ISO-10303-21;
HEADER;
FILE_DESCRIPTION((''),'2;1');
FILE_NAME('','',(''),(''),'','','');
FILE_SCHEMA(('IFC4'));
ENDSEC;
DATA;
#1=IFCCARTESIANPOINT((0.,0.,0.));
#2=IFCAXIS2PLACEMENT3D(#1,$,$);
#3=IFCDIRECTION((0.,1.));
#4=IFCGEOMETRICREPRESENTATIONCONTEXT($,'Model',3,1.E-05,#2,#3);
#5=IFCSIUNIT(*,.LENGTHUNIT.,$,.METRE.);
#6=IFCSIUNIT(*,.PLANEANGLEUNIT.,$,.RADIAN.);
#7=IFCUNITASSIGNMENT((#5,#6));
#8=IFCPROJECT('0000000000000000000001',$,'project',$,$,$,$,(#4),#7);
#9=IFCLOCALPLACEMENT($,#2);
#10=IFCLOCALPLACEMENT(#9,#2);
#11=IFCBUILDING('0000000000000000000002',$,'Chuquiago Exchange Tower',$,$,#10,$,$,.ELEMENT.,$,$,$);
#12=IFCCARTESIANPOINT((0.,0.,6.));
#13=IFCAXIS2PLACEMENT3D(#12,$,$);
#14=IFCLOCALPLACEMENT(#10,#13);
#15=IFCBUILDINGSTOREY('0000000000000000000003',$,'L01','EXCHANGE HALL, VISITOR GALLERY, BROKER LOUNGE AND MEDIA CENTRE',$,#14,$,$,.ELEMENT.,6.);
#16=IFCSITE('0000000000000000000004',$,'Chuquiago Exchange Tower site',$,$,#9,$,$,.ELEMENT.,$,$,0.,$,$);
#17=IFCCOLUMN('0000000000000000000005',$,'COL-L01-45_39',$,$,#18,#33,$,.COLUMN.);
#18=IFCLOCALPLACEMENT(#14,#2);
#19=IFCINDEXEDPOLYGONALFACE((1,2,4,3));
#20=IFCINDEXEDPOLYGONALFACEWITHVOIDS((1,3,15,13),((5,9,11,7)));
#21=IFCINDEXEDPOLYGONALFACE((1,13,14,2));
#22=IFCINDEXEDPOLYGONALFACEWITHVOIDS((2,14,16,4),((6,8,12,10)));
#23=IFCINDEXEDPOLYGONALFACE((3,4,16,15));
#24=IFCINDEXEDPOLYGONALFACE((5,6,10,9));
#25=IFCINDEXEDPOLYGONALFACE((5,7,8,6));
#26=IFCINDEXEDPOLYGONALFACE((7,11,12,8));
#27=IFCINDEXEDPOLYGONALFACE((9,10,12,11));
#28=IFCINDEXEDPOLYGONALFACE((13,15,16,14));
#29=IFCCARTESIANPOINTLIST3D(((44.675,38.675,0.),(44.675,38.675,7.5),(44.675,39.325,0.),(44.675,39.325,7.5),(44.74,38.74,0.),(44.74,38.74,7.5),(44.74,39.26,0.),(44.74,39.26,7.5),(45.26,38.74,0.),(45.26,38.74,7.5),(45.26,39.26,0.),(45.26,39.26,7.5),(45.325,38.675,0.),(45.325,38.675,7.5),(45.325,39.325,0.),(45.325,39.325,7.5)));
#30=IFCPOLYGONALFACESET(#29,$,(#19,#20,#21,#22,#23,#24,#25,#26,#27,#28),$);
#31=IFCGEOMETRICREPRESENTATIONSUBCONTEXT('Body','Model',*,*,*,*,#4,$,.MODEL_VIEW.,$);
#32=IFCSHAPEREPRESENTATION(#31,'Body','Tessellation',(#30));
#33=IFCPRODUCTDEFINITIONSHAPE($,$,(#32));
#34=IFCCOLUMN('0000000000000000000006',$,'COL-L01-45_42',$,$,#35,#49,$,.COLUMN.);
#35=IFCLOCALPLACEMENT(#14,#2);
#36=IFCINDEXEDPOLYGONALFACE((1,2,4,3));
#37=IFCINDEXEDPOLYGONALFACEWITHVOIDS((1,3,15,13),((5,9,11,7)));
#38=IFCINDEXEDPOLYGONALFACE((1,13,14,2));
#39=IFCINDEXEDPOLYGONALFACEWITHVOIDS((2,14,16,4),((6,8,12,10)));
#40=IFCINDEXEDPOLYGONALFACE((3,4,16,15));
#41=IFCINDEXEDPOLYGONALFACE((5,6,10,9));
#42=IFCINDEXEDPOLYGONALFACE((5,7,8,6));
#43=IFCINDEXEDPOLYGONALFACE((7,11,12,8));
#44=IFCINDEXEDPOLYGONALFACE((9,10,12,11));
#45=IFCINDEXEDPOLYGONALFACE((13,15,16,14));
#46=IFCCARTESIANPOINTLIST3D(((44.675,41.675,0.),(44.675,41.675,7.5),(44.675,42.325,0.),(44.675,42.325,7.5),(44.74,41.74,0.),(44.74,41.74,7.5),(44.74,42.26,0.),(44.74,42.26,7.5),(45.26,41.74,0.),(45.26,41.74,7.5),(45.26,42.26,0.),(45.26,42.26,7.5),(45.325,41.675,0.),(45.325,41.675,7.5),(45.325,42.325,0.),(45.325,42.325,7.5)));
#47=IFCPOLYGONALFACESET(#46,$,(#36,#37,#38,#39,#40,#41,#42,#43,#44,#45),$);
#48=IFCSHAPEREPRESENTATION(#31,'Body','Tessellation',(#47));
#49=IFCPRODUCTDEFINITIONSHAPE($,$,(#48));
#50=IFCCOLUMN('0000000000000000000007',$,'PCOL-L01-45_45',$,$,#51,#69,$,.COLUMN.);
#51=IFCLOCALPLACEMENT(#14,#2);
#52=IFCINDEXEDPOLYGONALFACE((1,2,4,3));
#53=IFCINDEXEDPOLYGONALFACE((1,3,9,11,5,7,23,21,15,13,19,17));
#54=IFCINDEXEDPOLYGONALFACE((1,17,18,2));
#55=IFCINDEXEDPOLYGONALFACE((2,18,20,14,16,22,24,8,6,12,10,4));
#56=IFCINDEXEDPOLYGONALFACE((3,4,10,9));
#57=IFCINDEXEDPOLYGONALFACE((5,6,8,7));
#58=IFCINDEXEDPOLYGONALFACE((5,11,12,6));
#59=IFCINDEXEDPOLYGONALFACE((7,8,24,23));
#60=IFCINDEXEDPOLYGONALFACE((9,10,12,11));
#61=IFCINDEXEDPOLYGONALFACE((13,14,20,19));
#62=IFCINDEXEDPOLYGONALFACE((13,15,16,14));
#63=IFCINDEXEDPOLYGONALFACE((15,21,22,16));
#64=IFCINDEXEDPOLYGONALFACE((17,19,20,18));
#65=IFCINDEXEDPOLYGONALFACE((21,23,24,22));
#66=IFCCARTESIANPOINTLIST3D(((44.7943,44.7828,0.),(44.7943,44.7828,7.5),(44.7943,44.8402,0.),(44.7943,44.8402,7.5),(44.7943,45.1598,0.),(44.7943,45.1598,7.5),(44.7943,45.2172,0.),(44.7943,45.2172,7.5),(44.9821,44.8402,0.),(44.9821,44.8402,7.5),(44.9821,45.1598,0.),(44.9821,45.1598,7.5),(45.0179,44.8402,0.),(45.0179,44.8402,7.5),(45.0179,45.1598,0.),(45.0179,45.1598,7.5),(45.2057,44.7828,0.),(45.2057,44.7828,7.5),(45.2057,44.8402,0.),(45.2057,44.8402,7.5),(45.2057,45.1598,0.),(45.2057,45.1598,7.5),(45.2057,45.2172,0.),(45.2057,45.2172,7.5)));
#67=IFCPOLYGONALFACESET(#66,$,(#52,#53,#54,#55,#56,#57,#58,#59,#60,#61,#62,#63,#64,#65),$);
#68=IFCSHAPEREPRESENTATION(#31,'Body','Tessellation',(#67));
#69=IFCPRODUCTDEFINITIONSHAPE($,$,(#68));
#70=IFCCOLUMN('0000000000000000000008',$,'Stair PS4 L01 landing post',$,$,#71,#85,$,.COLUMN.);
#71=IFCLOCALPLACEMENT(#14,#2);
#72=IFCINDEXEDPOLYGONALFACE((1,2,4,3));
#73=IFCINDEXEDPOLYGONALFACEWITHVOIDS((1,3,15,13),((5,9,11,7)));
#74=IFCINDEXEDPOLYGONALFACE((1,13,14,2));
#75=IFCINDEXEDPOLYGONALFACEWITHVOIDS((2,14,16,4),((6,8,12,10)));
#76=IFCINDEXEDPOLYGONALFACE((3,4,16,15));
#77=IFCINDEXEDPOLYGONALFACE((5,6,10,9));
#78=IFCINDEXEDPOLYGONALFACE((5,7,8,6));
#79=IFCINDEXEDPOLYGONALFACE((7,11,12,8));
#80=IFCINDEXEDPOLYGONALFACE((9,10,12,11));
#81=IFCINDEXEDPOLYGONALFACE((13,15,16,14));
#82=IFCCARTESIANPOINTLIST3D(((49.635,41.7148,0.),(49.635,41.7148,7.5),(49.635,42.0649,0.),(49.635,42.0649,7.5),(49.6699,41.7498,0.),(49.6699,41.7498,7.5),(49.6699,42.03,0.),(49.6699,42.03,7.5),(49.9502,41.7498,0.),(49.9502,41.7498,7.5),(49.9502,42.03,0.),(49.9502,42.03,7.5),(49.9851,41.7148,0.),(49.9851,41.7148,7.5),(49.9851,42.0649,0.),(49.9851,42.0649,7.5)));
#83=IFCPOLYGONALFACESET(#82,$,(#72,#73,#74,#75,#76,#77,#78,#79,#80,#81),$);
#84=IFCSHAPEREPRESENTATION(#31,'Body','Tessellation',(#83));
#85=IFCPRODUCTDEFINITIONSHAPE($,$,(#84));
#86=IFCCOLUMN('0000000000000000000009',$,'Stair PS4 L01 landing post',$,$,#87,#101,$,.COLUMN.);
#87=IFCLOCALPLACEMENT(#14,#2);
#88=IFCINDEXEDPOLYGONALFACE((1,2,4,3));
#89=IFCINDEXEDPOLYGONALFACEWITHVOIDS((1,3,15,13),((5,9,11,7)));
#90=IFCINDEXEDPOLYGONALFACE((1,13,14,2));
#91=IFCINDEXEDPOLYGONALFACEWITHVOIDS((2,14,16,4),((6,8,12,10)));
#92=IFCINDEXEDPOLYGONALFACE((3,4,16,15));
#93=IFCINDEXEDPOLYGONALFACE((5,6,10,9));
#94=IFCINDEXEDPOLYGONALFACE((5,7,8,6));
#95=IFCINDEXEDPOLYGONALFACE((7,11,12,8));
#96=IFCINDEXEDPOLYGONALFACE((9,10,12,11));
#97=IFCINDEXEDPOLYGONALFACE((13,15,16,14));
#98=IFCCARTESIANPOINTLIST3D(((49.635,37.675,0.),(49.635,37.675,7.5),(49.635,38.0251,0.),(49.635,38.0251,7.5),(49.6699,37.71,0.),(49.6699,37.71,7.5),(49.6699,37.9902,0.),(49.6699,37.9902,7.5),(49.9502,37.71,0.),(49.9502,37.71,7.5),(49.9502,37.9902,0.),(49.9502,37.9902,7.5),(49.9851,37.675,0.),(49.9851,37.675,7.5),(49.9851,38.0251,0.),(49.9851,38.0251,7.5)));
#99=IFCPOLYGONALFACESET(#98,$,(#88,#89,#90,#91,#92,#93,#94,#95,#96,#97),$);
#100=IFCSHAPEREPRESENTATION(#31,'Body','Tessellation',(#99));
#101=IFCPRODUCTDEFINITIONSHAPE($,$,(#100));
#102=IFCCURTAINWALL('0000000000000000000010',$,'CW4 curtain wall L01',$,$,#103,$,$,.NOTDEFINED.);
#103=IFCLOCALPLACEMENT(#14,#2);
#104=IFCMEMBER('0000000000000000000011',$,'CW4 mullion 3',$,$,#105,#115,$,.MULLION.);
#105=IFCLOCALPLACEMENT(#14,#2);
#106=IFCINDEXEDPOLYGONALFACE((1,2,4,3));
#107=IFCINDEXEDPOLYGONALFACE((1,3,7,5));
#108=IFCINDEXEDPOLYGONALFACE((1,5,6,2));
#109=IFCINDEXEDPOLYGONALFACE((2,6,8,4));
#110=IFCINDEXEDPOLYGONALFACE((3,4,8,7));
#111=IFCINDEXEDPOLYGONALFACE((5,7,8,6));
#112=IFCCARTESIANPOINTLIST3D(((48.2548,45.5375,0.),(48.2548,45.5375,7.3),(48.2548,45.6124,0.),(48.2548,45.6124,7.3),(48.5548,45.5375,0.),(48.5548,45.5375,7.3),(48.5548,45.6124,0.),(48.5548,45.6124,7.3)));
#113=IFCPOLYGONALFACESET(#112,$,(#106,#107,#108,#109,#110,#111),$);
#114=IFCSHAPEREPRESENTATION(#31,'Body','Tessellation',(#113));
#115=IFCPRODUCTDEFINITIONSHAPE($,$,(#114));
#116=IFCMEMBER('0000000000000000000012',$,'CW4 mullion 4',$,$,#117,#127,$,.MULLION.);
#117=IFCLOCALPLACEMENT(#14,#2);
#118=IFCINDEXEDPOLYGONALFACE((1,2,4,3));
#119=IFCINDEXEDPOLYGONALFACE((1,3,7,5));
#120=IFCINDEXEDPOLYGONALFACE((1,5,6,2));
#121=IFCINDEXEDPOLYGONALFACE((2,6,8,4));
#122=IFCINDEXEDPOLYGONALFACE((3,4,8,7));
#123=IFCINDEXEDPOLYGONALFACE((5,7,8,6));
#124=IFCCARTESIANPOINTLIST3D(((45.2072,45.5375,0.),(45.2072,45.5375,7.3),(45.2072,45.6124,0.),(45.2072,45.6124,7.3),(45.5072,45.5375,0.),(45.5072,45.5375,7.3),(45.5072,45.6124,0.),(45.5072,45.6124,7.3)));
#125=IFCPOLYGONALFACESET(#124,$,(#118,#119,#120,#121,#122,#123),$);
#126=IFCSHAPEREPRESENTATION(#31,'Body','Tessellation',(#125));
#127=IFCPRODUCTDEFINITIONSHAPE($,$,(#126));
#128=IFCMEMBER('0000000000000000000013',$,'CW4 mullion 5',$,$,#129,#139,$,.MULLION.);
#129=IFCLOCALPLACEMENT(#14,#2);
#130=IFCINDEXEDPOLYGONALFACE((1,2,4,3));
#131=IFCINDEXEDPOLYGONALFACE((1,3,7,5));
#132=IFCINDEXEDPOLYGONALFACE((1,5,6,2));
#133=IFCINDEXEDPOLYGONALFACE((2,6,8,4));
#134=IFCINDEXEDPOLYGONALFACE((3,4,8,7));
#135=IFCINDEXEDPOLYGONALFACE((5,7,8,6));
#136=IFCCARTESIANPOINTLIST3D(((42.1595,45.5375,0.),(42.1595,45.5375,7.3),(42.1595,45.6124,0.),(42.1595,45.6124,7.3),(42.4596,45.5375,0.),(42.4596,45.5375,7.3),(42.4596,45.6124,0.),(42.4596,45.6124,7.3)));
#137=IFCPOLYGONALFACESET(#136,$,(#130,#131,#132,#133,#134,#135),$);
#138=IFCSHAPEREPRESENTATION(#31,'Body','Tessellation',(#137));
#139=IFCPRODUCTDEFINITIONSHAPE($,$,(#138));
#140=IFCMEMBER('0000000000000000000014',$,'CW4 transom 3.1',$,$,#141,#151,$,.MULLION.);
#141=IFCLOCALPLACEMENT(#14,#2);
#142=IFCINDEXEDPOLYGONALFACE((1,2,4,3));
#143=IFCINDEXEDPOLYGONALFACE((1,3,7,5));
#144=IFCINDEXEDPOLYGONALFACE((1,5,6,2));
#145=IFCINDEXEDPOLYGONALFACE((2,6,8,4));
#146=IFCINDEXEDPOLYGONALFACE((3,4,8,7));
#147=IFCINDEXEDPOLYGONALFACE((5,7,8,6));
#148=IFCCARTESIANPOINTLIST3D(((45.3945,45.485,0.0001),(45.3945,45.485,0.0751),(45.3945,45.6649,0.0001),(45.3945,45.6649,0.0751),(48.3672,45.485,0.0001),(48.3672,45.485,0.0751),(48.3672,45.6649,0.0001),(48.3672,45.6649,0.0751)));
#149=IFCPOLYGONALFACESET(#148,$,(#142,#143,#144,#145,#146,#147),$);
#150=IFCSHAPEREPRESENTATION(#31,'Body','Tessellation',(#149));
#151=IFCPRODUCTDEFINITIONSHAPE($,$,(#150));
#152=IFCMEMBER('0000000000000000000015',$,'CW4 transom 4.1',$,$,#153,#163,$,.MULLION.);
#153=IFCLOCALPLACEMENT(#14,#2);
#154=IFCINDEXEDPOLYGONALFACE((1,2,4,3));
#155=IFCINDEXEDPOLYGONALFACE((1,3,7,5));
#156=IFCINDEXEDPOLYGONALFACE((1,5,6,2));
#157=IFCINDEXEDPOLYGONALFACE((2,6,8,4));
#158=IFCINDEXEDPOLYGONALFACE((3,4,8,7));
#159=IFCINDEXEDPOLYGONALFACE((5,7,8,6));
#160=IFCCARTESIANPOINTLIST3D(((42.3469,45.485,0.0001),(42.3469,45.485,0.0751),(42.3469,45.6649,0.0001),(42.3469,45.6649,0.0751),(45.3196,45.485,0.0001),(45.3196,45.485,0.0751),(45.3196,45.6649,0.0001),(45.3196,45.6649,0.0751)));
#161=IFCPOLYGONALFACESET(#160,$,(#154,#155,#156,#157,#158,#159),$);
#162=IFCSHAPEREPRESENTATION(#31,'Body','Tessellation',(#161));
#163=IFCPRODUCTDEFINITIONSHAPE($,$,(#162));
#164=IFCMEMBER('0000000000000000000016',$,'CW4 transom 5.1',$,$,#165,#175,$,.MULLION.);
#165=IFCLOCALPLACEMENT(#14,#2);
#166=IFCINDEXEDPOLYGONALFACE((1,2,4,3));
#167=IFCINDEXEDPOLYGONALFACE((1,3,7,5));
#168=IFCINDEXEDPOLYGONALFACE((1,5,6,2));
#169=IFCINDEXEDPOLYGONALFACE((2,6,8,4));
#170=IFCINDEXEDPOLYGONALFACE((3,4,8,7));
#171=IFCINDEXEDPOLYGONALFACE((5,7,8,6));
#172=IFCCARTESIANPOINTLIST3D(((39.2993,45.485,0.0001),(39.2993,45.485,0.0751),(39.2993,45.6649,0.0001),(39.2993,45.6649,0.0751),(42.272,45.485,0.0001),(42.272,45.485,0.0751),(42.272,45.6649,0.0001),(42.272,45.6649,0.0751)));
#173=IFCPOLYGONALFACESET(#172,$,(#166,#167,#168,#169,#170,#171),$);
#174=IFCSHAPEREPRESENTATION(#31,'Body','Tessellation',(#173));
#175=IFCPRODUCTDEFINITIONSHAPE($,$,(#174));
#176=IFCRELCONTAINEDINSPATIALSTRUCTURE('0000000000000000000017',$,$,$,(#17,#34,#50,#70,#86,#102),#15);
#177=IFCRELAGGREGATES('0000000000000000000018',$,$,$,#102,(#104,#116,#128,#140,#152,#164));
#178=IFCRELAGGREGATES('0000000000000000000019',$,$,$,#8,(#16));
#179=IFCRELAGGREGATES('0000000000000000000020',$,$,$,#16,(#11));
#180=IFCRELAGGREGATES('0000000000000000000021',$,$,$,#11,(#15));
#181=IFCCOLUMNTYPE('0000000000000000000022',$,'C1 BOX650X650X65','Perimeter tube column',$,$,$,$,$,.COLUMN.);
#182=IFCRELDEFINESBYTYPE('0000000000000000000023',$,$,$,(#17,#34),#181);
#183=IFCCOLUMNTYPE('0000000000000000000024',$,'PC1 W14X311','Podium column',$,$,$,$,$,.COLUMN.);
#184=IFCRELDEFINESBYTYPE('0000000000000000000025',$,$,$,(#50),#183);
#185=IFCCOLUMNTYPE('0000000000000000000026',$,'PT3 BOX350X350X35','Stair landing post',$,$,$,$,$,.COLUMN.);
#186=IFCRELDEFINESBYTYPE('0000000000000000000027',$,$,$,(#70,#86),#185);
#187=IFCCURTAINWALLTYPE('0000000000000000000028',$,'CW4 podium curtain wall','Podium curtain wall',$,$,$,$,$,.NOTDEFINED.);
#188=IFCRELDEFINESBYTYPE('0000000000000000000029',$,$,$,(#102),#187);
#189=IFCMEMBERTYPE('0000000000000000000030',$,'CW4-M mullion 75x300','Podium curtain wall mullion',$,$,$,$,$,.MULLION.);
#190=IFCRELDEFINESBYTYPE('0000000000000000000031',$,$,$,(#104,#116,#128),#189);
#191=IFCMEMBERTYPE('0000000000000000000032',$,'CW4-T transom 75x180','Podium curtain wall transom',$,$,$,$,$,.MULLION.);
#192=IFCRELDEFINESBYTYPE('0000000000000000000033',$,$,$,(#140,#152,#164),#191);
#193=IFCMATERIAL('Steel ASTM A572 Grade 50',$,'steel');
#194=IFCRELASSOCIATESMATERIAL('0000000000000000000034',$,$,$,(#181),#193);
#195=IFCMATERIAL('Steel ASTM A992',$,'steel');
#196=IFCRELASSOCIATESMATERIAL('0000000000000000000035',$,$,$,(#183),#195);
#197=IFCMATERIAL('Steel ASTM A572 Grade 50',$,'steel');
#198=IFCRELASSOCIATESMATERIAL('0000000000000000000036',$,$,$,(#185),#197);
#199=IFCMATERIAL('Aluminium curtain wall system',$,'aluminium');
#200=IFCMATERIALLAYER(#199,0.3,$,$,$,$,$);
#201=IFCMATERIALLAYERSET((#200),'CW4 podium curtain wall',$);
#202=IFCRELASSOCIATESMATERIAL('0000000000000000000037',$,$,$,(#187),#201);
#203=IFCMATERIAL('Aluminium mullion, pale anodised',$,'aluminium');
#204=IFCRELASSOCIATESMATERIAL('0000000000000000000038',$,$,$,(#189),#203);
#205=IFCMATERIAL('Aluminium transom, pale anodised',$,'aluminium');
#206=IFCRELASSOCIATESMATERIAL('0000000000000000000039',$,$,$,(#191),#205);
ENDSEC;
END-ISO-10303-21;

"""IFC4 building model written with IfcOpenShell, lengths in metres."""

from ifc_helpers import new_model, si_unit, direction, frame, origin, origin_2d, place, context, subcontext, project, spatial, rectangle, hollow_rectangle, i_section, extrude, material, layer, layer_set, material_profile, profile_set, type_object, element, aggregate, save


model = new_model("IFC4")

# Units and contexts
model_context = context("Model", 3, precision=1e-05, world=origin(), true_north=direction((0.0, 1.0)))
body_context = subcontext(model_context, "Body", "Model", "MODEL_VIEW")
ifc_project = project(units=[si_unit("LENGTHUNIT", "METRE"), si_unit("PLANEANGLEUNIT", "RADIAN")], contexts=[model_context])

# Site, building, storey
site_placement = place(None, origin())
site = spatial("IfcSite", under=ifc_project, at=site_placement, Name="Chuquiago Exchange Tower site", CompositionType="ELEMENT", RefElevation=0.0)
building_placement = place(site_placement, origin())
building = spatial("IfcBuilding", under=site, at=building_placement, Name="Chuquiago Exchange Tower", CompositionType="ELEMENT")
storey_placement = place(building_placement, frame((0.0, 0.0, 6.0)))
storey = spatial("IfcBuildingStorey", under=building, at=storey_placement, Name="L01", Description="EXCHANGE HALL, VISITOR GALLERY, BROKER LOUNGE AND MEDIA CENTRE", CompositionType="ELEMENT", Elevation=6.0)

# Columns
ifc_material_1 = material(Name="Steel ASTM A572 Grade 50", Category="steel")
ifc_material_profile_1 = material_profile(ifc_material_1, hollow_rectangle(XDim=0.6499, YDim=0.6499, WallThickness=0.0649, at=origin_2d()), Name="BOX650X650X65")
ifc_profile_set_1 = profile_set([ifc_material_profile_1], Name="Steel ASTM A572 Grade 50")
column_type_1 = type_object("IfcColumnType", Name="C1 BOX650X650X65", Description="Perimeter tube column", PredefinedType="COLUMN", material=ifc_profile_set_1)
for number, where, z_axis, x_axis, name in (
    (1, (45.0, 39.0, 0.0), (0.0, 0.0, 1.0), (1.0, 0.0, 0.0), "COL-L01-45_39"),
    (2, (45.0, 42.0, 0.0), (0.0, 0.0, 1.0), (1.0, 0.0, 0.0), "COL-L01-45_42"),
):
    element("IfcColumn", number, at=place(storey_placement, frame(where, z_axis=z_axis, x_axis=x_axis)), inside=storey, type_object=column_type_1, Name=name, PredefinedType="COLUMN", context=body_context, shape_type="SweptSolid", body=[
        extrude(hollow_rectangle(XDim=0.6499, YDim=0.6499, WallThickness=0.0649, at=origin_2d()), origin(), (0.0, 0.0, 1.0), 7.5),
    ])
ifc_material_2 = material(Name="Steel ASTM A992", Category="steel")
ifc_material_profile_2 = material_profile(ifc_material_2, i_section(OverallWidth=0.4114, OverallDepth=0.4343, WebThickness=0.0359, FlangeThickness=0.0574, at=origin_2d()), Name="W14X311")
ifc_profile_set_2 = profile_set([ifc_material_profile_2], Name="Steel ASTM A992")
column_type_2 = type_object("IfcColumnType", Name="PC1 W14X311", Description="Podium column", PredefinedType="COLUMN", material=ifc_profile_set_2)
column_placement = place(storey_placement, frame((45.0, 45.0, 0.0), z_axis=(0.0, 0.0, 1.0), x_axis=(1.0, 0.0, 0.0)))
element("IfcColumn", 3, at=column_placement, inside=storey, type_object=column_type_2, Name="PCOL-L01-45_45", PredefinedType="COLUMN", context=body_context, shape_type="SweptSolid", body=[
    extrude(i_section(OverallWidth=0.4114, OverallDepth=0.4343, WebThickness=0.0359, FlangeThickness=0.0574, at=origin_2d()), origin(), (0.0, 0.0, 1.0), 7.5),
])
ifc_material_3 = material(Name="Steel ASTM A572 Grade 50", Category="steel")
ifc_material_profile_3 = material_profile(ifc_material_3, hollow_rectangle(XDim=0.3501, YDim=0.3501, WallThickness=0.0349, at=origin_2d()), Name="BOX350X350X35")
ifc_profile_set_3 = profile_set([ifc_material_profile_3], Name="Steel ASTM A572 Grade 50")
column_type_3 = type_object("IfcColumnType", Name="PT3 BOX350X350X35", Description="Stair landing post", PredefinedType="COLUMN", material=ifc_profile_set_3)
for number, where, z_axis, x_axis, name in (
    (4, (49.8101, 41.8899, 0.0), (0.0, 0.0, 1.0), (1.0, 0.0, 0.0), "Stair PS4 L01 landing post"),
    (5, (49.8101, 37.8501, 0.0), (0.0, 0.0, 1.0), (1.0, 0.0, 0.0), "Stair PS4 L01 landing post"),
):
    element("IfcColumn", number, at=place(storey_placement, frame(where, z_axis=z_axis, x_axis=x_axis)), inside=storey, type_object=column_type_3, Name=name, PredefinedType="COLUMN", context=body_context, shape_type="SweptSolid", body=[
        extrude(hollow_rectangle(XDim=0.3501, YDim=0.3501, WallThickness=0.0349, at=origin_2d()), origin(), (0.0, 0.0, 1.0), 7.5),
    ])

# Curtain wall, members
ifc_material_4 = material(Name="Aluminium curtain wall system", Category="aluminium")
ifc_layer_1 = layer(ifc_material_4, 0.3)
ifc_layer_set_1 = layer_set([ifc_layer_1], Name="CW4 podium curtain wall")
curtain_wall_type = type_object("IfcCurtainWallType", Name="CW4 podium curtain wall", Description="Podium curtain wall", PredefinedType="NOTDEFINED", material=ifc_layer_set_1)
curtain_wall_placement = place(storey_placement, origin())
curtain_wall = element("IfcCurtainWall", 6, at=curtain_wall_placement, inside=storey, type_object=curtain_wall_type, Name="CW4 curtain wall L01", PredefinedType="NOTDEFINED")
ifc_material_5 = material(Name="Aluminium mullion, pale anodised", Category="aluminium")
ifc_material_profile_4 = material_profile(ifc_material_5, rectangle(XDim=0.075, YDim=0.3, at=origin_2d()), Name="AL 75x300")
ifc_profile_set_4 = profile_set([ifc_material_profile_4], Name="Aluminium mullion, pale anodised")
member_type_1 = type_object("IfcMemberType", Name="CW4-M mullion 75x300", Description="Podium curtain wall mullion", PredefinedType="MULLION", material=ifc_profile_set_4)
member_1_placement = place(storey_placement, frame((48.4048, 45.575, 0.0), z_axis=(0.0, 0.0, 1.0), x_axis=(0.0, -1.0, 0.0)))
member_1 = element("IfcMember", 7, at=member_1_placement, type_object=member_type_1, Name="CW4 mullion 3", PredefinedType="MULLION", context=body_context, shape_type="SweptSolid", body=[
    extrude(rectangle(XDim=0.075, YDim=0.3, at=origin_2d()), origin(), (0.0, 0.0, 1.0), 7.3),
])
member_2_placement = place(storey_placement, frame((45.3572, 45.575, 0.0), z_axis=(0.0, 0.0, 1.0), x_axis=(0.0, -1.0, 0.0)))
member_2 = element("IfcMember", 8, at=member_2_placement, type_object=member_type_1, Name="CW4 mullion 4", PredefinedType="MULLION", context=body_context, shape_type="SweptSolid", body=[
    extrude(rectangle(XDim=0.075, YDim=0.3, at=origin_2d()), origin(), (0.0, 0.0, 1.0), 7.3),
])
member_3_placement = place(storey_placement, frame((42.3096, 45.575, 0.0), z_axis=(0.0, 0.0, 1.0), x_axis=(0.0, -1.0, 0.0)))
member_3 = element("IfcMember", 9, at=member_3_placement, type_object=member_type_1, Name="CW4 mullion 5", PredefinedType="MULLION", context=body_context, shape_type="SweptSolid", body=[
    extrude(rectangle(XDim=0.075, YDim=0.3, at=origin_2d()), origin(), (0.0, 0.0, 1.0), 7.3),
])
ifc_material_6 = material(Name="Aluminium transom, pale anodised", Category="aluminium")
ifc_material_profile_5 = material_profile(ifc_material_6, rectangle(XDim=0.1799, YDim=0.075, at=origin_2d()), Name="AL 180x75")
ifc_profile_set_5 = profile_set([ifc_material_profile_5], Name="Aluminium transom, pale anodised")
member_type_2 = type_object("IfcMemberType", Name="CW4-T transom 75x180", Description="Podium curtain wall transom", PredefinedType="MULLION", material=ifc_profile_set_5)
member_4_placement = place(storey_placement, frame((48.3672, 45.575, 0.0376), z_axis=(-1.0, 0.0, 0.0), x_axis=(0.0, -1.0, 0.0)))
member_4 = element("IfcMember", 10, at=member_4_placement, type_object=member_type_2, Name="CW4 transom 3.1", PredefinedType="MULLION", context=body_context, shape_type="SweptSolid", body=[
    extrude(rectangle(XDim=0.1799, YDim=0.075, at=origin_2d()), origin(), (0.0, 0.0, 1.0), 2.9727),
])
member_5_placement = place(storey_placement, frame((45.3196, 45.575, 0.0376), z_axis=(-1.0, 0.0, 0.0), x_axis=(0.0, -1.0, 0.0)))
member_5 = element("IfcMember", 11, at=member_5_placement, type_object=member_type_2, Name="CW4 transom 4.1", PredefinedType="MULLION", context=body_context, shape_type="SweptSolid", body=[
    extrude(rectangle(XDim=0.1799, YDim=0.075, at=origin_2d()), origin(), (0.0, 0.0, 1.0), 2.9727),
])
member_6_placement = place(storey_placement, frame((42.272, 45.575, 0.0376), z_axis=(-1.0, 0.0, 0.0), x_axis=(0.0, -1.0, 0.0)))
member_6 = element("IfcMember", 12, at=member_6_placement, type_object=member_type_2, Name="CW4 transom 5.1", PredefinedType="MULLION", context=body_context, shape_type="SweptSolid", body=[
    extrude(rectangle(XDim=0.1799, YDim=0.075, at=origin_2d()), origin(), (0.0, 0.0, 1.0), 2.9727),
])

aggregate(curtain_wall, [member_1, member_2, member_3, member_4, member_5, member_6])

save(model, "model.ifc")
